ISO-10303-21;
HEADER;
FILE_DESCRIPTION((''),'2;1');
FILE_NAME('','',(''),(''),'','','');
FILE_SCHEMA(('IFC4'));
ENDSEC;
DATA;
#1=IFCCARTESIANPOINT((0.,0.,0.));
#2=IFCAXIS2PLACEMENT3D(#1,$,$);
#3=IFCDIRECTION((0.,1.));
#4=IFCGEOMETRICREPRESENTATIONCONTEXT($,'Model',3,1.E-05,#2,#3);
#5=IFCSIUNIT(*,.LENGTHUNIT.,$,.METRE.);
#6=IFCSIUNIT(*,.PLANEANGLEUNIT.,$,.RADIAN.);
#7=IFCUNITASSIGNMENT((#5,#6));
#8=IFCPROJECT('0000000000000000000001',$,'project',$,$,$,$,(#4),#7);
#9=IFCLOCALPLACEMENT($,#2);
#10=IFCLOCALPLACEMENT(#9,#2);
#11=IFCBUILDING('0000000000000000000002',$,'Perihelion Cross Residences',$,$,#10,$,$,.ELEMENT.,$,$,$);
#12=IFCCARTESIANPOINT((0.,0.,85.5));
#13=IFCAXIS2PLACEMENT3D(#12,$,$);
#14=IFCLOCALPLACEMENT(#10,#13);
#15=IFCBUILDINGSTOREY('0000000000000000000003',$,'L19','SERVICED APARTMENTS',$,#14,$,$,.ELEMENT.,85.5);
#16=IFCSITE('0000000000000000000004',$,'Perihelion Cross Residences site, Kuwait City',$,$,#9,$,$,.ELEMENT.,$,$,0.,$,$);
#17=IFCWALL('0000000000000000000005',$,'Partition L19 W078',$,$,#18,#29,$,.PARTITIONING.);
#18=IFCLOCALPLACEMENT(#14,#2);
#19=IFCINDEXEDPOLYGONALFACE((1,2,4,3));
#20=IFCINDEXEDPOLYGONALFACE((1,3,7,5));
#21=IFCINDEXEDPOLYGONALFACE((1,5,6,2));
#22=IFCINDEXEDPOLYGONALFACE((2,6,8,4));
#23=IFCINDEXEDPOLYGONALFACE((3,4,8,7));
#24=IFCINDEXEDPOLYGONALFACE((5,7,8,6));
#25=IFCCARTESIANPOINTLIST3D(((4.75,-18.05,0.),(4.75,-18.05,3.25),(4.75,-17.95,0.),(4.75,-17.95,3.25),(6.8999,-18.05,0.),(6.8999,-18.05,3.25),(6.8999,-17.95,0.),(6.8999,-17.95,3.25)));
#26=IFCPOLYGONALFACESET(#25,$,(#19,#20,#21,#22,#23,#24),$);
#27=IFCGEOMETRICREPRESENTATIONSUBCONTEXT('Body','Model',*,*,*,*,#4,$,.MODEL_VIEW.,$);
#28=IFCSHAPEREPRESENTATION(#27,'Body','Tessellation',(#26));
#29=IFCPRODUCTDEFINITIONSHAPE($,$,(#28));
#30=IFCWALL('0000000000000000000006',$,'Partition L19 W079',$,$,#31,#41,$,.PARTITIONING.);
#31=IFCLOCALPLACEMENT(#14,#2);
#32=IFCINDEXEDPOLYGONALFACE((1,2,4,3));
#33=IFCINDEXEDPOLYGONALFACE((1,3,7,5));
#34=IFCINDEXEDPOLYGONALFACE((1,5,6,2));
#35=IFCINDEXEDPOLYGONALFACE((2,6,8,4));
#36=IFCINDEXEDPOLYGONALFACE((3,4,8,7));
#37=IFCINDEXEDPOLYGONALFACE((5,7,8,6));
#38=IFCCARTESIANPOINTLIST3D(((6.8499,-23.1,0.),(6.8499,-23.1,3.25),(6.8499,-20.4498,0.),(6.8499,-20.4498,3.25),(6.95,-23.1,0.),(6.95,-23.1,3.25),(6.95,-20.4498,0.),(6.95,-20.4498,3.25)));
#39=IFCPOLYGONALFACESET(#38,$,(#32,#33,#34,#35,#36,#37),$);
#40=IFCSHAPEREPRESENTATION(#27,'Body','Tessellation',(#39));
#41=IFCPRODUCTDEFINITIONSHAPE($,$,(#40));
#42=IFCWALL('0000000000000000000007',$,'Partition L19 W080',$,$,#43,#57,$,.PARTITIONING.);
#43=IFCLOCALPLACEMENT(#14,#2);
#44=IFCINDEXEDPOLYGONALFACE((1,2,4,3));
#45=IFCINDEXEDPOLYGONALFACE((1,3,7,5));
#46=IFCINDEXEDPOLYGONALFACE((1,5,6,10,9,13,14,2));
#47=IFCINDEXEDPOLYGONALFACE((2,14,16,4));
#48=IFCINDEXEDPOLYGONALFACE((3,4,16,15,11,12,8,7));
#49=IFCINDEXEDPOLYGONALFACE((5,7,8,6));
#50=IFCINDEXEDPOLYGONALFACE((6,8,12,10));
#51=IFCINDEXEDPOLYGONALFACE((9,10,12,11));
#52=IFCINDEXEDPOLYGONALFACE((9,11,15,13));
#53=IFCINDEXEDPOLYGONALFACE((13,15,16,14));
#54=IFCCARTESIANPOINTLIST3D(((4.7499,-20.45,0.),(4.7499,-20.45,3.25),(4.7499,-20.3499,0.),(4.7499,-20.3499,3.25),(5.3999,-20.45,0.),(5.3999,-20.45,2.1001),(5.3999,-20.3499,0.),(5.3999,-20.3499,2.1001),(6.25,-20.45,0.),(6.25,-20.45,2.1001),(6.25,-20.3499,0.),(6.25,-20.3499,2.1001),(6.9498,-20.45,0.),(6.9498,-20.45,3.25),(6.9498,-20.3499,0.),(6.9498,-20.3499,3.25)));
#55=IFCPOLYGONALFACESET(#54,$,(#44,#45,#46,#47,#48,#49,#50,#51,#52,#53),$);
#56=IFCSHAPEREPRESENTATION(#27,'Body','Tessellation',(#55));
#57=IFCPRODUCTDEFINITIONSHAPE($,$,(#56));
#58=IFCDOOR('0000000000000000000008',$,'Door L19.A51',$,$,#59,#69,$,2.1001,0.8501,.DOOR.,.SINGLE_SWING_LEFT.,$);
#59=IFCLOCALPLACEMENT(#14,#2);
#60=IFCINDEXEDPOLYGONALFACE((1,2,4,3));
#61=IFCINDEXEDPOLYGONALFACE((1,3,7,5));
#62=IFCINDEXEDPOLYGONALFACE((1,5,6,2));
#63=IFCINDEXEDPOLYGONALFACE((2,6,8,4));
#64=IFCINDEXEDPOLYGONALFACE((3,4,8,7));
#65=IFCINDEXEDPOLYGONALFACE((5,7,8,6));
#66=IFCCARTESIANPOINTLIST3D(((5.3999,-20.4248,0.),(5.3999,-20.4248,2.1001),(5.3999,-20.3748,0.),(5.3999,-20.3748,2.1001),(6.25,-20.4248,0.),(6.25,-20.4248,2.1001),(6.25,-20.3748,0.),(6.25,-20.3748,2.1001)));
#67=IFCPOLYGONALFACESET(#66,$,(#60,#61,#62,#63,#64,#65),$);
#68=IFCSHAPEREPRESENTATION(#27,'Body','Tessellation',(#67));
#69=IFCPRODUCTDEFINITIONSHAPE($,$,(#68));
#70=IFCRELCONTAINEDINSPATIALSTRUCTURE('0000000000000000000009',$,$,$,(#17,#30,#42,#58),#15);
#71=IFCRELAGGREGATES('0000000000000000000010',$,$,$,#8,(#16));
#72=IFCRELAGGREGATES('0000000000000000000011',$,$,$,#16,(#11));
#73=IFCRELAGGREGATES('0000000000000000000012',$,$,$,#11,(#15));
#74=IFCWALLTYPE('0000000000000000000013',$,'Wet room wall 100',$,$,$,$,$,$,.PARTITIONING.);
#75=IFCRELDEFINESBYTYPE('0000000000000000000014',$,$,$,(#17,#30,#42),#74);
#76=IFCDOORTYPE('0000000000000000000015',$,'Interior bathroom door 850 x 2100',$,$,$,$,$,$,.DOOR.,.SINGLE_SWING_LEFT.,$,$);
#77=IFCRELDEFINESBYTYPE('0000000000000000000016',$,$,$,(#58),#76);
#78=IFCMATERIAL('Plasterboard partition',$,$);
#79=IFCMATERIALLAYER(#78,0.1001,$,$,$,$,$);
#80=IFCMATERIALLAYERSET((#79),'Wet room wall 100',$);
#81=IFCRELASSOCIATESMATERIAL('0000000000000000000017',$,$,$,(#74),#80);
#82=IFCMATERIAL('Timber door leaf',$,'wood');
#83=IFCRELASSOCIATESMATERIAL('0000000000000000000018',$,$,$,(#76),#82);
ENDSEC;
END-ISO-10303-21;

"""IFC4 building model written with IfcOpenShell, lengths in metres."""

from ifc_helpers import new_model, si_unit, direction, frame, frame_2d, origin, place, context, subcontext, project, spatial, rectangle, extrude, material, layer, layer_set, type_object, element, fill, save


model = new_model("IFC4")

# Units and contexts
model_context = context("Model", 3, precision=1e-05, world=origin(), true_north=direction((0.0, 1.0)))
body_context = subcontext(model_context, "Body", "Model", "MODEL_VIEW")
ifc_project = project(units=[si_unit("LENGTHUNIT", "METRE"), si_unit("PLANEANGLEUNIT", "RADIAN")], contexts=[model_context])

# Site, building, storey
site_placement = place(None, origin())
site = spatial("IfcSite", under=ifc_project, at=site_placement, Name="Perihelion Cross Residences site, Kuwait City", CompositionType="ELEMENT", RefElevation=0.0)
building_placement = place(site_placement, origin())
building = spatial("IfcBuilding", under=site, at=building_placement, Name="Perihelion Cross Residences", CompositionType="ELEMENT")
storey_placement = place(building_placement, frame((0.0, 0.0, 85.5)))
storey = spatial("IfcBuildingStorey", under=building, at=storey_placement, Name="L19", Description="SERVICED APARTMENTS", CompositionType="ELEMENT", Elevation=85.5)

# Walls
ifc_material_1 = material(Name="Plasterboard partition")
ifc_layer_1 = layer(ifc_material_1, 0.1001)
ifc_layer_set_1 = layer_set([ifc_layer_1], Name="Wet room wall 100")
wall_type_1 = type_object("IfcWallType", Name="Wet room wall 100", PredefinedType="PARTITIONING", material=ifc_layer_set_1)
wall_1_placement = place(storey_placement, frame((6.8999, -18.0, 0.0), z_axis=(0.0, 0.0, 1.0), x_axis=(-1.0, 0.0, 0.0)))
element("IfcWall", 1, at=wall_1_placement, inside=storey, type_object=wall_type_1, Name="Partition L19 W078", PredefinedType="PARTITIONING", context=body_context, shape_type="SweptSolid", body=[
    extrude(rectangle(XDim=2.1499, YDim=0.1001, at=frame_2d((1.075, 0.0))), origin(), (0.0, 0.0, 1.0), 3.25),
])
wall_2_placement = place(storey_placement, frame((6.8999, -23.1001, 0.0), z_axis=(0.0, 0.0, 1.0), x_axis=(0.0, 1.0, 0.0)))
element("IfcWall", 2, at=wall_2_placement, inside=storey, type_object=wall_type_1, Name="Partition L19 W079", PredefinedType="PARTITIONING", context=body_context, shape_type="SweptSolid", body=[
    extrude(rectangle(XDim=2.6501, YDim=0.1001, at=frame_2d((1.3252, 0.0))), origin(), (0.0, 0.0, 1.0), 3.25),
])

# Wall, opening, door
wall_3_placement = place(storey_placement, frame((6.95, -20.3999, 0.0), z_axis=(0.0, 0.0, 1.0), x_axis=(-1.0, 0.0, 0.0)))
wall_3 = element("IfcWall", 3, at=wall_3_placement, inside=storey, type_object=wall_type_1, Name="Partition L19 W080", PredefinedType="PARTITIONING", context=body_context, shape_type="SweptSolid", body=[
    extrude(rectangle(XDim=2.2, YDim=0.1001, at=frame_2d((1.1001, 0.0))), origin(), (0.0, 0.0, 1.0), 3.25),
])
opening_1_placement = place(wall_3_placement, frame((0.7, 0.0, 0.0)))
opening_1 = element("IfcOpeningElement", 4, at=opening_1_placement, cuts=wall_3, PredefinedType="OPENING", context=body_context, shape_type="SweptSolid", body=[
    extrude(rectangle(XDim=0.8501, YDim=2.1001, at=frame_2d((0.425, 1.05))), frame((0.0, 0.0601, 0.0), z_axis=(0.0, -1.0, 0.0), x_axis=(1.0, 0.0, 0.0)), (0.0, 0.0, 1.0), 0.1201),
])
ifc_material_2 = material(Name="Timber door leaf", Category="wood")
door_type_1 = type_object("IfcDoorType", Name="Interior bathroom door 850 x 2100", OperationType="SINGLE_SWING_LEFT", PredefinedType="DOOR", material=ifc_material_2)
door_1_placement = place(opening_1_placement, origin())
door_1 = element("IfcDoor", 5, at=door_1_placement, inside=storey, type_object=door_type_1, Name="Door L19.A51", OperationType="SINGLE_SWING_LEFT", OverallHeight=2.1001, OverallWidth=0.8501, PredefinedType="DOOR", context=body_context, shape_type="SweptSolid", body=[
    extrude(rectangle(XDim=0.8501, YDim=2.1001, at=frame_2d((0.425, 1.05))), frame((0.0, 0.0249, 0.0), z_axis=(0.0, -1.0, 0.0), x_axis=(1.0, 0.0, 0.0)), (0.0, 0.0, 1.0), 0.05),
])
fill(opening_1, door_1)

save(model, "model.ifc")
